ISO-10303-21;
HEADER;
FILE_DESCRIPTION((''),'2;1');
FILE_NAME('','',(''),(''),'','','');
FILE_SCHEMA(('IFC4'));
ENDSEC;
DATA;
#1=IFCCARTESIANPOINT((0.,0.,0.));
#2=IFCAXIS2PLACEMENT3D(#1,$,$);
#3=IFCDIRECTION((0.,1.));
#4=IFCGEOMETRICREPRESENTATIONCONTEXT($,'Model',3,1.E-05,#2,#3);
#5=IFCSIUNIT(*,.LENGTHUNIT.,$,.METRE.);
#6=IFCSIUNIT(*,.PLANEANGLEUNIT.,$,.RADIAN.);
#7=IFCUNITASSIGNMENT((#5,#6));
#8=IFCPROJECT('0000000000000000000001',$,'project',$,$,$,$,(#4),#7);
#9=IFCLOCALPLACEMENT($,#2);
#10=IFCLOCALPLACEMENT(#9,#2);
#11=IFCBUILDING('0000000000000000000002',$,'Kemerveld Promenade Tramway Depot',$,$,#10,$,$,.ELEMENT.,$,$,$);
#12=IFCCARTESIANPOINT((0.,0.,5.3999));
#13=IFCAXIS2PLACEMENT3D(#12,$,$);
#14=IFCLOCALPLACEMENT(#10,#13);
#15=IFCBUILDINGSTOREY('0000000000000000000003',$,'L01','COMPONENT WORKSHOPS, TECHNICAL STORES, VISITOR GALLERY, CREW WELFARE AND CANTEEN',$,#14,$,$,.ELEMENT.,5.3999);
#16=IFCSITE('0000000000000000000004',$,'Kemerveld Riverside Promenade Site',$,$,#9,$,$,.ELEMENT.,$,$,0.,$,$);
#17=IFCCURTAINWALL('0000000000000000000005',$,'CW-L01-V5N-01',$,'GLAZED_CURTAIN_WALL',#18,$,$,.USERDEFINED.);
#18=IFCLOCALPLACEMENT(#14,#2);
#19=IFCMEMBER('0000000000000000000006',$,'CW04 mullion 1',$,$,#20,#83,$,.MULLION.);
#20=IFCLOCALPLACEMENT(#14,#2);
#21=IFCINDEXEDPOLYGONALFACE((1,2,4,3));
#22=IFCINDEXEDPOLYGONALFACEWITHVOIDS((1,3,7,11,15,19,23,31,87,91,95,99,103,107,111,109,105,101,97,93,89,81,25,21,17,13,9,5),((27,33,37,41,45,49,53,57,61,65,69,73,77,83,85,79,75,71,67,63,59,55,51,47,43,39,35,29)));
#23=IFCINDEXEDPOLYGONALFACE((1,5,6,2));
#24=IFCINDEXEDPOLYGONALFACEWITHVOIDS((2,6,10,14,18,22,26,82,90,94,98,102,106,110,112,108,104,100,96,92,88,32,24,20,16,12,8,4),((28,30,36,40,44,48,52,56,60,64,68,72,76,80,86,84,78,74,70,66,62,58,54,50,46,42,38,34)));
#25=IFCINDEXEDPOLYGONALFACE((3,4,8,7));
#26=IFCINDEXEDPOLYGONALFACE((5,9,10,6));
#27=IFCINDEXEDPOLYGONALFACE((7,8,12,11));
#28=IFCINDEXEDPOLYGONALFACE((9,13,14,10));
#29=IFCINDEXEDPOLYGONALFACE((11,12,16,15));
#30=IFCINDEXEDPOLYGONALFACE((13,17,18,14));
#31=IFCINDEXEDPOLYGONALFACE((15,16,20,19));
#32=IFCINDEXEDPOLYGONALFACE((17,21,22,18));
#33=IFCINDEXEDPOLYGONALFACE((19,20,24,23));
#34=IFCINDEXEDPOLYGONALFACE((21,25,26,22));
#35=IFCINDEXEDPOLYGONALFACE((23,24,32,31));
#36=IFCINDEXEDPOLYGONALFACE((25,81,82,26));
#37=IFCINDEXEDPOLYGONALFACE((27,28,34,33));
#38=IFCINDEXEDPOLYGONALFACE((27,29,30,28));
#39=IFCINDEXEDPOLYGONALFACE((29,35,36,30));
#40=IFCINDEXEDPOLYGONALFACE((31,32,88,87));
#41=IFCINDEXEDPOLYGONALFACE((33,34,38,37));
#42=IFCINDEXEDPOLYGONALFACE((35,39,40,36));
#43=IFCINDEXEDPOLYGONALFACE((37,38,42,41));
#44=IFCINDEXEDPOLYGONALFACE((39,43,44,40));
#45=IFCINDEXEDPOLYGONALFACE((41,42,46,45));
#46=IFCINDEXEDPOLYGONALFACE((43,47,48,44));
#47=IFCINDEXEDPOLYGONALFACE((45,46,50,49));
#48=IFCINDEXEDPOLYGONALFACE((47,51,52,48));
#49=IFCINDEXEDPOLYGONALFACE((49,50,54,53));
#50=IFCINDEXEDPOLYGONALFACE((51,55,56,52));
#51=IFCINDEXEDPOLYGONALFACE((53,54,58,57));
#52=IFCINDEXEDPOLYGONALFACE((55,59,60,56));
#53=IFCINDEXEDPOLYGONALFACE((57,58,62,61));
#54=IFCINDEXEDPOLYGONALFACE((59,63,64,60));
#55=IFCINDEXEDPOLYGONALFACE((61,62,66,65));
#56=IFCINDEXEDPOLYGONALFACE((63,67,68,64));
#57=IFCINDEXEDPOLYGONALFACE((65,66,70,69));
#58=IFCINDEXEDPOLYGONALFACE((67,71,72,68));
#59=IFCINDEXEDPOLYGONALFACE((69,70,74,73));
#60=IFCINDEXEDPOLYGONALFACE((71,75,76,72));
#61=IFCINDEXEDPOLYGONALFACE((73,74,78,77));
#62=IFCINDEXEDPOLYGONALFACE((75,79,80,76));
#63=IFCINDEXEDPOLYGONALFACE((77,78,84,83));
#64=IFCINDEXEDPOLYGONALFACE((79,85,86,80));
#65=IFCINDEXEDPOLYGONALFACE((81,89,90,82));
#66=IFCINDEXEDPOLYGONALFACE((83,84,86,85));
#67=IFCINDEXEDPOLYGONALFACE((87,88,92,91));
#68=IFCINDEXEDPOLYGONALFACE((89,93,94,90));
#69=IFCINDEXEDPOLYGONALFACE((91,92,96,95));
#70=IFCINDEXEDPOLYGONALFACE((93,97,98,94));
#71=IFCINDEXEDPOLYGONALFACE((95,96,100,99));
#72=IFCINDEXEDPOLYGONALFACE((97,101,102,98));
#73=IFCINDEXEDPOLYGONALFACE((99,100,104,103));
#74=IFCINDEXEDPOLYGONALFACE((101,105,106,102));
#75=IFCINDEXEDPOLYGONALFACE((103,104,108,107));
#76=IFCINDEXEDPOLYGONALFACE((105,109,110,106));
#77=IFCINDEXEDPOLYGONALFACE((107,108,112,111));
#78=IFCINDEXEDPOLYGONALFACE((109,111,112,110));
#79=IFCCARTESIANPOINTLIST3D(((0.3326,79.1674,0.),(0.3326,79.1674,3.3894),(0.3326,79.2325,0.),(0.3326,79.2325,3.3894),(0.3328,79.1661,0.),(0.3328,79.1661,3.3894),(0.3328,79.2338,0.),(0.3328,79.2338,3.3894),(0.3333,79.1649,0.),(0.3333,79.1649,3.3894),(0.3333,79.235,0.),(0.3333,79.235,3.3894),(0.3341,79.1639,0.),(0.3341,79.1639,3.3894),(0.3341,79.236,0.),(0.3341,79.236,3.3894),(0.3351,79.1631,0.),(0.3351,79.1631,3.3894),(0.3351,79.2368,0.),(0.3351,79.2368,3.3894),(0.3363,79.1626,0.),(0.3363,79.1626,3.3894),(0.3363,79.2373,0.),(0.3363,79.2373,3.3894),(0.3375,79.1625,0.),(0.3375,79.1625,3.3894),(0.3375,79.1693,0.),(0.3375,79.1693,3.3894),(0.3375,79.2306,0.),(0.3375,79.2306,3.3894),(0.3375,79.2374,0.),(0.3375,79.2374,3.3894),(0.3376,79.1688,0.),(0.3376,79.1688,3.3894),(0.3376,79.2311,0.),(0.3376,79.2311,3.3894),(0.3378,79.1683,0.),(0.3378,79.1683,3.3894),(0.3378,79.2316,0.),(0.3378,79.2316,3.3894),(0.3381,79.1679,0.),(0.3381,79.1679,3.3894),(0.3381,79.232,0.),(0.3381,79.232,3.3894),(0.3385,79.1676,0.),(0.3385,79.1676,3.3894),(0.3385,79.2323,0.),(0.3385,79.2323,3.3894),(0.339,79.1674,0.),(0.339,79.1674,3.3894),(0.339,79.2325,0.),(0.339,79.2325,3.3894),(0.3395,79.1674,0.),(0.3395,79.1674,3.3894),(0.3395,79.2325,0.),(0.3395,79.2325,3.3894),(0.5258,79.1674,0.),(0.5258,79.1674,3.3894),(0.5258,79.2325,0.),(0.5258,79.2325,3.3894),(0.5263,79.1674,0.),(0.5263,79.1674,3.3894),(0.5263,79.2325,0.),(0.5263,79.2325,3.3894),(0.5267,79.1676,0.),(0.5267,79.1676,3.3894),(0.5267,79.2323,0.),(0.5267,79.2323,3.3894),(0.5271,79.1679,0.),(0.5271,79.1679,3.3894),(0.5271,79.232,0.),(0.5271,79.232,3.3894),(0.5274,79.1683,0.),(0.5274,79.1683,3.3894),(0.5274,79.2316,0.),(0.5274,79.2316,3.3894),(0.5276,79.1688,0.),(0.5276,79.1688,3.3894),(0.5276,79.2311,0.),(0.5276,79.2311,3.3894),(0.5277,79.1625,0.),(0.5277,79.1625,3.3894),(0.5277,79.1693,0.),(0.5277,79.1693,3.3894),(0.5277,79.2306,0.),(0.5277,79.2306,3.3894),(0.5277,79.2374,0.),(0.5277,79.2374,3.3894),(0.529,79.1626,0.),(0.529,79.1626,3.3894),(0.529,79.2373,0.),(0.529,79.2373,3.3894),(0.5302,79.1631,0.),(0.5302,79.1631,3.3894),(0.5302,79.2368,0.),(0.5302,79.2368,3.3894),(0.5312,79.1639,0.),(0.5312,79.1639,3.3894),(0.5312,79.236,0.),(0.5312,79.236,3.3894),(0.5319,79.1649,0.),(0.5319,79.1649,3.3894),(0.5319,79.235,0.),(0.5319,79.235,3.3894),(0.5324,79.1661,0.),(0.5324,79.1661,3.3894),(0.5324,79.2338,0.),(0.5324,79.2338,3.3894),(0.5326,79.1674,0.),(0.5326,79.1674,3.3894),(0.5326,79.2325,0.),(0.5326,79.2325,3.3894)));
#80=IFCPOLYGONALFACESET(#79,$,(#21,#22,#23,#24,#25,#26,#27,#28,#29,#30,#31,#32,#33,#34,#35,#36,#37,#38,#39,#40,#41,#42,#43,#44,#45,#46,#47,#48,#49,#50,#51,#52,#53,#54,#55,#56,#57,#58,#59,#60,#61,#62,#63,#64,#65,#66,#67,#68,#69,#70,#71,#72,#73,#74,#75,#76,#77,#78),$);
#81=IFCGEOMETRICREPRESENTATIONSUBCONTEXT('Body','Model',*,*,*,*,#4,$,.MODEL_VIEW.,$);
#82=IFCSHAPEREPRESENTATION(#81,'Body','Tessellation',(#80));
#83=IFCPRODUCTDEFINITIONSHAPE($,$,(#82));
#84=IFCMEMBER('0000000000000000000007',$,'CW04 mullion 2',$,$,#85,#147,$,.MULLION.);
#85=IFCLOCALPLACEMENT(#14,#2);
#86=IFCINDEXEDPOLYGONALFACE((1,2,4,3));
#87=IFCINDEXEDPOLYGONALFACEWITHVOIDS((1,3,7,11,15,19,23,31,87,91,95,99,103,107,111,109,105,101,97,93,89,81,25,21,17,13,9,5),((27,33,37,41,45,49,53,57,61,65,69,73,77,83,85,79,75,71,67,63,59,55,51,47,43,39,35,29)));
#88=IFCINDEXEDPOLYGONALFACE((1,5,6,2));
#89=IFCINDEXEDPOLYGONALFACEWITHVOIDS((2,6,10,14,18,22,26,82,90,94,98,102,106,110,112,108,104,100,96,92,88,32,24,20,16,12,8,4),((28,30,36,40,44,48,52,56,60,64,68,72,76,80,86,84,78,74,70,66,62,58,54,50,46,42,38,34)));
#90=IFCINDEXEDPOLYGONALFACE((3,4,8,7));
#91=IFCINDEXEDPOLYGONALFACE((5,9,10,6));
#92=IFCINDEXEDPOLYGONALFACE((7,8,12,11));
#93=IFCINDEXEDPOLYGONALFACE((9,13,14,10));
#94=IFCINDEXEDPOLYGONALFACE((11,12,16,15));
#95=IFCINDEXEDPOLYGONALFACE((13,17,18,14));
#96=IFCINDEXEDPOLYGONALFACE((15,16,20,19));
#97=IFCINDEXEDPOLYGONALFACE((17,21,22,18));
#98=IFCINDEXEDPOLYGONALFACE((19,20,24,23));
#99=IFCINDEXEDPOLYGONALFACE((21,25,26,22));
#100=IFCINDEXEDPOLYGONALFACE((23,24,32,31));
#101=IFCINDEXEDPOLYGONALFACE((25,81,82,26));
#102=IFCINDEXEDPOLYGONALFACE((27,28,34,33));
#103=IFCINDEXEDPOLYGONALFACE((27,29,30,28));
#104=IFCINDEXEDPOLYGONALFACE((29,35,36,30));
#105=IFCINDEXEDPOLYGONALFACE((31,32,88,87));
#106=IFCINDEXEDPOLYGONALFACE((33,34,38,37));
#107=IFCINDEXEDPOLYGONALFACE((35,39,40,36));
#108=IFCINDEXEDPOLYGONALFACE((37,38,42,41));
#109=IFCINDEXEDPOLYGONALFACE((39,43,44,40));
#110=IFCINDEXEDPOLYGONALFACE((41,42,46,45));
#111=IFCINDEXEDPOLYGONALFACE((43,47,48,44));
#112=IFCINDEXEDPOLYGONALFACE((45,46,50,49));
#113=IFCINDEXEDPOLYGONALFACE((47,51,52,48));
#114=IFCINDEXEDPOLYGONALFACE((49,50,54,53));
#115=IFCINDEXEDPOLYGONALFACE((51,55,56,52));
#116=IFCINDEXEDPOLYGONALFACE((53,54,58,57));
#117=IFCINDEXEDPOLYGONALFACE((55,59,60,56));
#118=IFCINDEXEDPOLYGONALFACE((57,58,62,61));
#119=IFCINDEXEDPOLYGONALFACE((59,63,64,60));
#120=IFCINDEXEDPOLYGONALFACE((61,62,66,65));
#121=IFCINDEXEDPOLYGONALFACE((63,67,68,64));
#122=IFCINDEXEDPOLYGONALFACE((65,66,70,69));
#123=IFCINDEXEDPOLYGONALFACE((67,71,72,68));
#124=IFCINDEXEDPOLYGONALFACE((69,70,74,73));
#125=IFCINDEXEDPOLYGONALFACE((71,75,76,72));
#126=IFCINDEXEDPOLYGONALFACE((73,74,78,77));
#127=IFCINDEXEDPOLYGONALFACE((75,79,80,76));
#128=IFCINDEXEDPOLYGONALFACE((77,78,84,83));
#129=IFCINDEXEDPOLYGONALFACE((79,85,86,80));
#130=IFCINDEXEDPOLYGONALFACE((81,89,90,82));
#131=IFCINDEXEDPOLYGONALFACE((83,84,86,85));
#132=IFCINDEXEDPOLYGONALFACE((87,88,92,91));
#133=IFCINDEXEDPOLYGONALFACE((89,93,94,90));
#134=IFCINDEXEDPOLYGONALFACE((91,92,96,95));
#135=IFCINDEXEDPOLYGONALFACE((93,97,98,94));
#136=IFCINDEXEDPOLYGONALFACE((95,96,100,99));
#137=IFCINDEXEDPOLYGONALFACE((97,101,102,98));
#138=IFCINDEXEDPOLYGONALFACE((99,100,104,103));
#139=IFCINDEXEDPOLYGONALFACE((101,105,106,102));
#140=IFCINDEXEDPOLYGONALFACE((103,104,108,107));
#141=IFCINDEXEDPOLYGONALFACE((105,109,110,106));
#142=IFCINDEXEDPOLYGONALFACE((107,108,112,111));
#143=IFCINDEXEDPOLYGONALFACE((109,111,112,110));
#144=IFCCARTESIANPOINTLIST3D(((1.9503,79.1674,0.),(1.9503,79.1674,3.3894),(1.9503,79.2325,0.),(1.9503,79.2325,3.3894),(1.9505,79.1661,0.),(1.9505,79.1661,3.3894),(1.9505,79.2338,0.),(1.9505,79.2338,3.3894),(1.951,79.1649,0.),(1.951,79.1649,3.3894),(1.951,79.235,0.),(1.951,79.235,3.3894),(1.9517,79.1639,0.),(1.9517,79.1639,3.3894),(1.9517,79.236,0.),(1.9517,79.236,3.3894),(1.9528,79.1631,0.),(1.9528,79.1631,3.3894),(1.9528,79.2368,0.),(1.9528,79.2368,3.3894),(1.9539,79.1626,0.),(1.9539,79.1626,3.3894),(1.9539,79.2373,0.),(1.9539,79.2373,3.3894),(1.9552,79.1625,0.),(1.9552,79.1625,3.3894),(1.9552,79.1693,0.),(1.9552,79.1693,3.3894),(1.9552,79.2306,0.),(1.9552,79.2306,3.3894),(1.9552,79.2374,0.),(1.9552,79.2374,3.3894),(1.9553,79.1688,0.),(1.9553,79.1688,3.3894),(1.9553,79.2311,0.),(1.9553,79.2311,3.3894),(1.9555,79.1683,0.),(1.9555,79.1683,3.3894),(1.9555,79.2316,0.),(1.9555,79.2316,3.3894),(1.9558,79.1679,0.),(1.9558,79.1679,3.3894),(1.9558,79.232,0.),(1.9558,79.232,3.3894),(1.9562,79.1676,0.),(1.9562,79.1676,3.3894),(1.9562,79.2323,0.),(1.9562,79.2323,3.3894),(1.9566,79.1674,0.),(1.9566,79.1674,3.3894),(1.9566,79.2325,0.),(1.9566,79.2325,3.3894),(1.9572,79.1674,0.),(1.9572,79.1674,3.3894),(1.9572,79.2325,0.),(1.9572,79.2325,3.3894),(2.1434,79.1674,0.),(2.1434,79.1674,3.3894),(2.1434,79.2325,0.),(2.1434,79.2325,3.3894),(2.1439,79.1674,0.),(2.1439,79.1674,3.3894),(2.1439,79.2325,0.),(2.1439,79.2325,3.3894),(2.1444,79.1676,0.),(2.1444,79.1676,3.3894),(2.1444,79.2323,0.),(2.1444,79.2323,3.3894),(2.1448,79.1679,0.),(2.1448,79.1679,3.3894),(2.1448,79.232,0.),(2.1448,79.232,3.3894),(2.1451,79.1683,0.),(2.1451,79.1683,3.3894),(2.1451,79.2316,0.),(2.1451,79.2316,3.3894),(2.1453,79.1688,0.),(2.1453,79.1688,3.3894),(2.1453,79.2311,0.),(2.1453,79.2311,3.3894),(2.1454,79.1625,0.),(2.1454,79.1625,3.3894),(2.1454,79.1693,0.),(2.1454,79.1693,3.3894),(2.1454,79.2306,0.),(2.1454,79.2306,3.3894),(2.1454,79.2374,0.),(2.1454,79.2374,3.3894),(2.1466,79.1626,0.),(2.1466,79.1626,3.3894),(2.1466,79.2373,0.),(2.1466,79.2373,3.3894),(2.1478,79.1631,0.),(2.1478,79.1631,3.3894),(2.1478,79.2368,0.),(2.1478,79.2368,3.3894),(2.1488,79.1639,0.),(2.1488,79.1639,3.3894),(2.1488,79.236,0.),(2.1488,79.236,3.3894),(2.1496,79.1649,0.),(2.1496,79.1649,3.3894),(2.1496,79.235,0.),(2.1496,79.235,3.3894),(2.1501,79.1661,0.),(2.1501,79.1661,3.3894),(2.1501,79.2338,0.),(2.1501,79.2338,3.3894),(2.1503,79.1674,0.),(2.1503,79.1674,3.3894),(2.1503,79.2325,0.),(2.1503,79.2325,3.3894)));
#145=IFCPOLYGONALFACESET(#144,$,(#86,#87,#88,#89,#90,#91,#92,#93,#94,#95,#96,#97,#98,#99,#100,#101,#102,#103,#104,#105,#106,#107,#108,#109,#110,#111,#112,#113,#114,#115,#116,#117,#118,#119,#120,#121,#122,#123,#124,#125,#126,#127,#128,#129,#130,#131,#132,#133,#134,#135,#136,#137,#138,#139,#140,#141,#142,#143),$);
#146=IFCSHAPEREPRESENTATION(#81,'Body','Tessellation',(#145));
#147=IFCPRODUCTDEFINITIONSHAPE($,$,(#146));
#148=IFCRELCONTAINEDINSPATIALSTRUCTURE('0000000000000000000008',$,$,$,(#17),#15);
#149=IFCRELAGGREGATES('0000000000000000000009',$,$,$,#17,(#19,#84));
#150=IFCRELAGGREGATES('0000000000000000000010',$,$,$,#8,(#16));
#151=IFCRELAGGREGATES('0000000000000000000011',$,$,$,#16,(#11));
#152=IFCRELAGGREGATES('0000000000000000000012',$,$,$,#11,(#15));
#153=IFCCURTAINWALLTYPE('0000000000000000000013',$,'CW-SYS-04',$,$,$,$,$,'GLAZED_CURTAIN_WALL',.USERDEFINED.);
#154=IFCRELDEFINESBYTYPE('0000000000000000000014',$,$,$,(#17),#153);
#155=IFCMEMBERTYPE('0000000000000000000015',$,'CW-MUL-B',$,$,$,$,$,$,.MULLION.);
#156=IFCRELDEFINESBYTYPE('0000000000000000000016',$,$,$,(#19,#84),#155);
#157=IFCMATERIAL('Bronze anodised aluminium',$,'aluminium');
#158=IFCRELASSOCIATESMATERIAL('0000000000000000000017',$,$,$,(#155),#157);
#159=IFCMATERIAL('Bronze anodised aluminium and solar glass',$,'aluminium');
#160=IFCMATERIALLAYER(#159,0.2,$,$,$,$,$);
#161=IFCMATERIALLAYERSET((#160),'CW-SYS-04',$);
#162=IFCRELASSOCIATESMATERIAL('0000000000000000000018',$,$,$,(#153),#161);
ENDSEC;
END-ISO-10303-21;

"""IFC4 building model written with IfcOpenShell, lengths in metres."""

from ifc_helpers import new_model, si_unit, direction, frame, origin, origin_2d, place, context, subcontext, project, spatial, hollow_rectangle, extrude, material, layer, layer_set, material_profile, profile_set, type_object, element, aggregate, save


model = new_model("IFC4")

# Units and contexts
model_context = context("Model", 3, precision=1e-05, world=origin(), true_north=direction((0.0, 1.0)))
body_context = subcontext(model_context, "Body", "Model", "MODEL_VIEW")
ifc_project = project(units=[si_unit("LENGTHUNIT", "METRE"), si_unit("PLANEANGLEUNIT", "RADIAN")], contexts=[model_context])

# Site, building, storey
site_placement = place(None, origin())
site = spatial("IfcSite", under=ifc_project, at=site_placement, Name="Kemerveld Riverside Promenade Site", CompositionType="ELEMENT", RefElevation=0.0)
building_placement = place(site_placement, origin())
building = spatial("IfcBuilding", under=site, at=building_placement, Name="Kemerveld Promenade Tramway Depot", CompositionType="ELEMENT")
storey_placement = place(building_placement, frame((0.0, 0.0, 5.3999)))
storey = spatial("IfcBuildingStorey", under=building, at=storey_placement, Name="L01", Description="COMPONENT WORKSHOPS, TECHNICAL STORES, VISITOR GALLERY, CREW WELFARE AND CANTEEN", CompositionType="ELEMENT", Elevation=5.3999)

# Curtain wall, members
ifc_material_1 = material(Name="Bronze anodised aluminium and solar glass", Category="aluminium")
ifc_material_2 = material(Name="Bronze anodised aluminium", Category="aluminium")
ifc_material_profile_1 = material_profile(ifc_material_2, hollow_rectangle(XDim=0.075, YDim=0.2, WallThickness=0.0049, InnerFilletRadius=0.002, OuterFilletRadius=0.0049, at=origin_2d()), Name="CW-MUL-200x75")
ifc_profile_set_1 = profile_set([ifc_material_profile_1], Name="Bronze anodised aluminium")
member_type_1 = type_object("IfcMemberType", Name="CW-MUL-B", PredefinedType="MULLION", material=ifc_profile_set_1)
ifc_layer_1 = layer(ifc_material_1, 0.2)
ifc_layer_set_1 = layer_set([ifc_layer_1], Name="CW-SYS-04")
curtain_wall_type_1 = type_object("IfcCurtainWallType", Name="CW-SYS-04", ElementType="GLAZED_CURTAIN_WALL", PredefinedType="USERDEFINED", material=ifc_layer_set_1)
curtain_wall_1_placement = place(storey_placement, origin())
curtain_wall_1 = element("IfcCurtainWall", 1, at=curtain_wall_1_placement, inside=storey, type_object=curtain_wall_type_1, Name="CW-L01-V5N-01", ObjectType="GLAZED_CURTAIN_WALL", PredefinedType="USERDEFINED")
member_1_placement = place(storey_placement, frame((0.4326, 79.2, 0.0), z_axis=(0.0, 0.0, 1.0), x_axis=(0.0, 1.0, 0.0)))
member_1 = element("IfcMember", 2, at=member_1_placement, type_object=member_type_1, Name="CW04 mullion 1", PredefinedType="MULLION", context=body_context, shape_type="SweptSolid", body=[
    extrude(hollow_rectangle(XDim=0.075, YDim=0.2, WallThickness=0.0049, InnerFilletRadius=0.002, OuterFilletRadius=0.0049, at=origin_2d()), origin(), (0.0, 0.0, 1.0), 3.3894),
])
member_2_placement = place(storey_placement, frame((2.0503, 79.2, 0.0), z_axis=(0.0, 0.0, 1.0), x_axis=(0.0, 1.0, 0.0)))
member_2 = element("IfcMember", 3, at=member_2_placement, type_object=member_type_1, Name="CW04 mullion 2", PredefinedType="MULLION", context=body_context, shape_type="SweptSolid", body=[
    extrude(hollow_rectangle(XDim=0.075, YDim=0.2, WallThickness=0.0049, InnerFilletRadius=0.002, OuterFilletRadius=0.0049, at=origin_2d()), origin(), (0.0, 0.0, 1.0), 3.3894),
])

aggregate(curtain_wall_1, [member_1, member_2])

save(model, "model.ifc")
